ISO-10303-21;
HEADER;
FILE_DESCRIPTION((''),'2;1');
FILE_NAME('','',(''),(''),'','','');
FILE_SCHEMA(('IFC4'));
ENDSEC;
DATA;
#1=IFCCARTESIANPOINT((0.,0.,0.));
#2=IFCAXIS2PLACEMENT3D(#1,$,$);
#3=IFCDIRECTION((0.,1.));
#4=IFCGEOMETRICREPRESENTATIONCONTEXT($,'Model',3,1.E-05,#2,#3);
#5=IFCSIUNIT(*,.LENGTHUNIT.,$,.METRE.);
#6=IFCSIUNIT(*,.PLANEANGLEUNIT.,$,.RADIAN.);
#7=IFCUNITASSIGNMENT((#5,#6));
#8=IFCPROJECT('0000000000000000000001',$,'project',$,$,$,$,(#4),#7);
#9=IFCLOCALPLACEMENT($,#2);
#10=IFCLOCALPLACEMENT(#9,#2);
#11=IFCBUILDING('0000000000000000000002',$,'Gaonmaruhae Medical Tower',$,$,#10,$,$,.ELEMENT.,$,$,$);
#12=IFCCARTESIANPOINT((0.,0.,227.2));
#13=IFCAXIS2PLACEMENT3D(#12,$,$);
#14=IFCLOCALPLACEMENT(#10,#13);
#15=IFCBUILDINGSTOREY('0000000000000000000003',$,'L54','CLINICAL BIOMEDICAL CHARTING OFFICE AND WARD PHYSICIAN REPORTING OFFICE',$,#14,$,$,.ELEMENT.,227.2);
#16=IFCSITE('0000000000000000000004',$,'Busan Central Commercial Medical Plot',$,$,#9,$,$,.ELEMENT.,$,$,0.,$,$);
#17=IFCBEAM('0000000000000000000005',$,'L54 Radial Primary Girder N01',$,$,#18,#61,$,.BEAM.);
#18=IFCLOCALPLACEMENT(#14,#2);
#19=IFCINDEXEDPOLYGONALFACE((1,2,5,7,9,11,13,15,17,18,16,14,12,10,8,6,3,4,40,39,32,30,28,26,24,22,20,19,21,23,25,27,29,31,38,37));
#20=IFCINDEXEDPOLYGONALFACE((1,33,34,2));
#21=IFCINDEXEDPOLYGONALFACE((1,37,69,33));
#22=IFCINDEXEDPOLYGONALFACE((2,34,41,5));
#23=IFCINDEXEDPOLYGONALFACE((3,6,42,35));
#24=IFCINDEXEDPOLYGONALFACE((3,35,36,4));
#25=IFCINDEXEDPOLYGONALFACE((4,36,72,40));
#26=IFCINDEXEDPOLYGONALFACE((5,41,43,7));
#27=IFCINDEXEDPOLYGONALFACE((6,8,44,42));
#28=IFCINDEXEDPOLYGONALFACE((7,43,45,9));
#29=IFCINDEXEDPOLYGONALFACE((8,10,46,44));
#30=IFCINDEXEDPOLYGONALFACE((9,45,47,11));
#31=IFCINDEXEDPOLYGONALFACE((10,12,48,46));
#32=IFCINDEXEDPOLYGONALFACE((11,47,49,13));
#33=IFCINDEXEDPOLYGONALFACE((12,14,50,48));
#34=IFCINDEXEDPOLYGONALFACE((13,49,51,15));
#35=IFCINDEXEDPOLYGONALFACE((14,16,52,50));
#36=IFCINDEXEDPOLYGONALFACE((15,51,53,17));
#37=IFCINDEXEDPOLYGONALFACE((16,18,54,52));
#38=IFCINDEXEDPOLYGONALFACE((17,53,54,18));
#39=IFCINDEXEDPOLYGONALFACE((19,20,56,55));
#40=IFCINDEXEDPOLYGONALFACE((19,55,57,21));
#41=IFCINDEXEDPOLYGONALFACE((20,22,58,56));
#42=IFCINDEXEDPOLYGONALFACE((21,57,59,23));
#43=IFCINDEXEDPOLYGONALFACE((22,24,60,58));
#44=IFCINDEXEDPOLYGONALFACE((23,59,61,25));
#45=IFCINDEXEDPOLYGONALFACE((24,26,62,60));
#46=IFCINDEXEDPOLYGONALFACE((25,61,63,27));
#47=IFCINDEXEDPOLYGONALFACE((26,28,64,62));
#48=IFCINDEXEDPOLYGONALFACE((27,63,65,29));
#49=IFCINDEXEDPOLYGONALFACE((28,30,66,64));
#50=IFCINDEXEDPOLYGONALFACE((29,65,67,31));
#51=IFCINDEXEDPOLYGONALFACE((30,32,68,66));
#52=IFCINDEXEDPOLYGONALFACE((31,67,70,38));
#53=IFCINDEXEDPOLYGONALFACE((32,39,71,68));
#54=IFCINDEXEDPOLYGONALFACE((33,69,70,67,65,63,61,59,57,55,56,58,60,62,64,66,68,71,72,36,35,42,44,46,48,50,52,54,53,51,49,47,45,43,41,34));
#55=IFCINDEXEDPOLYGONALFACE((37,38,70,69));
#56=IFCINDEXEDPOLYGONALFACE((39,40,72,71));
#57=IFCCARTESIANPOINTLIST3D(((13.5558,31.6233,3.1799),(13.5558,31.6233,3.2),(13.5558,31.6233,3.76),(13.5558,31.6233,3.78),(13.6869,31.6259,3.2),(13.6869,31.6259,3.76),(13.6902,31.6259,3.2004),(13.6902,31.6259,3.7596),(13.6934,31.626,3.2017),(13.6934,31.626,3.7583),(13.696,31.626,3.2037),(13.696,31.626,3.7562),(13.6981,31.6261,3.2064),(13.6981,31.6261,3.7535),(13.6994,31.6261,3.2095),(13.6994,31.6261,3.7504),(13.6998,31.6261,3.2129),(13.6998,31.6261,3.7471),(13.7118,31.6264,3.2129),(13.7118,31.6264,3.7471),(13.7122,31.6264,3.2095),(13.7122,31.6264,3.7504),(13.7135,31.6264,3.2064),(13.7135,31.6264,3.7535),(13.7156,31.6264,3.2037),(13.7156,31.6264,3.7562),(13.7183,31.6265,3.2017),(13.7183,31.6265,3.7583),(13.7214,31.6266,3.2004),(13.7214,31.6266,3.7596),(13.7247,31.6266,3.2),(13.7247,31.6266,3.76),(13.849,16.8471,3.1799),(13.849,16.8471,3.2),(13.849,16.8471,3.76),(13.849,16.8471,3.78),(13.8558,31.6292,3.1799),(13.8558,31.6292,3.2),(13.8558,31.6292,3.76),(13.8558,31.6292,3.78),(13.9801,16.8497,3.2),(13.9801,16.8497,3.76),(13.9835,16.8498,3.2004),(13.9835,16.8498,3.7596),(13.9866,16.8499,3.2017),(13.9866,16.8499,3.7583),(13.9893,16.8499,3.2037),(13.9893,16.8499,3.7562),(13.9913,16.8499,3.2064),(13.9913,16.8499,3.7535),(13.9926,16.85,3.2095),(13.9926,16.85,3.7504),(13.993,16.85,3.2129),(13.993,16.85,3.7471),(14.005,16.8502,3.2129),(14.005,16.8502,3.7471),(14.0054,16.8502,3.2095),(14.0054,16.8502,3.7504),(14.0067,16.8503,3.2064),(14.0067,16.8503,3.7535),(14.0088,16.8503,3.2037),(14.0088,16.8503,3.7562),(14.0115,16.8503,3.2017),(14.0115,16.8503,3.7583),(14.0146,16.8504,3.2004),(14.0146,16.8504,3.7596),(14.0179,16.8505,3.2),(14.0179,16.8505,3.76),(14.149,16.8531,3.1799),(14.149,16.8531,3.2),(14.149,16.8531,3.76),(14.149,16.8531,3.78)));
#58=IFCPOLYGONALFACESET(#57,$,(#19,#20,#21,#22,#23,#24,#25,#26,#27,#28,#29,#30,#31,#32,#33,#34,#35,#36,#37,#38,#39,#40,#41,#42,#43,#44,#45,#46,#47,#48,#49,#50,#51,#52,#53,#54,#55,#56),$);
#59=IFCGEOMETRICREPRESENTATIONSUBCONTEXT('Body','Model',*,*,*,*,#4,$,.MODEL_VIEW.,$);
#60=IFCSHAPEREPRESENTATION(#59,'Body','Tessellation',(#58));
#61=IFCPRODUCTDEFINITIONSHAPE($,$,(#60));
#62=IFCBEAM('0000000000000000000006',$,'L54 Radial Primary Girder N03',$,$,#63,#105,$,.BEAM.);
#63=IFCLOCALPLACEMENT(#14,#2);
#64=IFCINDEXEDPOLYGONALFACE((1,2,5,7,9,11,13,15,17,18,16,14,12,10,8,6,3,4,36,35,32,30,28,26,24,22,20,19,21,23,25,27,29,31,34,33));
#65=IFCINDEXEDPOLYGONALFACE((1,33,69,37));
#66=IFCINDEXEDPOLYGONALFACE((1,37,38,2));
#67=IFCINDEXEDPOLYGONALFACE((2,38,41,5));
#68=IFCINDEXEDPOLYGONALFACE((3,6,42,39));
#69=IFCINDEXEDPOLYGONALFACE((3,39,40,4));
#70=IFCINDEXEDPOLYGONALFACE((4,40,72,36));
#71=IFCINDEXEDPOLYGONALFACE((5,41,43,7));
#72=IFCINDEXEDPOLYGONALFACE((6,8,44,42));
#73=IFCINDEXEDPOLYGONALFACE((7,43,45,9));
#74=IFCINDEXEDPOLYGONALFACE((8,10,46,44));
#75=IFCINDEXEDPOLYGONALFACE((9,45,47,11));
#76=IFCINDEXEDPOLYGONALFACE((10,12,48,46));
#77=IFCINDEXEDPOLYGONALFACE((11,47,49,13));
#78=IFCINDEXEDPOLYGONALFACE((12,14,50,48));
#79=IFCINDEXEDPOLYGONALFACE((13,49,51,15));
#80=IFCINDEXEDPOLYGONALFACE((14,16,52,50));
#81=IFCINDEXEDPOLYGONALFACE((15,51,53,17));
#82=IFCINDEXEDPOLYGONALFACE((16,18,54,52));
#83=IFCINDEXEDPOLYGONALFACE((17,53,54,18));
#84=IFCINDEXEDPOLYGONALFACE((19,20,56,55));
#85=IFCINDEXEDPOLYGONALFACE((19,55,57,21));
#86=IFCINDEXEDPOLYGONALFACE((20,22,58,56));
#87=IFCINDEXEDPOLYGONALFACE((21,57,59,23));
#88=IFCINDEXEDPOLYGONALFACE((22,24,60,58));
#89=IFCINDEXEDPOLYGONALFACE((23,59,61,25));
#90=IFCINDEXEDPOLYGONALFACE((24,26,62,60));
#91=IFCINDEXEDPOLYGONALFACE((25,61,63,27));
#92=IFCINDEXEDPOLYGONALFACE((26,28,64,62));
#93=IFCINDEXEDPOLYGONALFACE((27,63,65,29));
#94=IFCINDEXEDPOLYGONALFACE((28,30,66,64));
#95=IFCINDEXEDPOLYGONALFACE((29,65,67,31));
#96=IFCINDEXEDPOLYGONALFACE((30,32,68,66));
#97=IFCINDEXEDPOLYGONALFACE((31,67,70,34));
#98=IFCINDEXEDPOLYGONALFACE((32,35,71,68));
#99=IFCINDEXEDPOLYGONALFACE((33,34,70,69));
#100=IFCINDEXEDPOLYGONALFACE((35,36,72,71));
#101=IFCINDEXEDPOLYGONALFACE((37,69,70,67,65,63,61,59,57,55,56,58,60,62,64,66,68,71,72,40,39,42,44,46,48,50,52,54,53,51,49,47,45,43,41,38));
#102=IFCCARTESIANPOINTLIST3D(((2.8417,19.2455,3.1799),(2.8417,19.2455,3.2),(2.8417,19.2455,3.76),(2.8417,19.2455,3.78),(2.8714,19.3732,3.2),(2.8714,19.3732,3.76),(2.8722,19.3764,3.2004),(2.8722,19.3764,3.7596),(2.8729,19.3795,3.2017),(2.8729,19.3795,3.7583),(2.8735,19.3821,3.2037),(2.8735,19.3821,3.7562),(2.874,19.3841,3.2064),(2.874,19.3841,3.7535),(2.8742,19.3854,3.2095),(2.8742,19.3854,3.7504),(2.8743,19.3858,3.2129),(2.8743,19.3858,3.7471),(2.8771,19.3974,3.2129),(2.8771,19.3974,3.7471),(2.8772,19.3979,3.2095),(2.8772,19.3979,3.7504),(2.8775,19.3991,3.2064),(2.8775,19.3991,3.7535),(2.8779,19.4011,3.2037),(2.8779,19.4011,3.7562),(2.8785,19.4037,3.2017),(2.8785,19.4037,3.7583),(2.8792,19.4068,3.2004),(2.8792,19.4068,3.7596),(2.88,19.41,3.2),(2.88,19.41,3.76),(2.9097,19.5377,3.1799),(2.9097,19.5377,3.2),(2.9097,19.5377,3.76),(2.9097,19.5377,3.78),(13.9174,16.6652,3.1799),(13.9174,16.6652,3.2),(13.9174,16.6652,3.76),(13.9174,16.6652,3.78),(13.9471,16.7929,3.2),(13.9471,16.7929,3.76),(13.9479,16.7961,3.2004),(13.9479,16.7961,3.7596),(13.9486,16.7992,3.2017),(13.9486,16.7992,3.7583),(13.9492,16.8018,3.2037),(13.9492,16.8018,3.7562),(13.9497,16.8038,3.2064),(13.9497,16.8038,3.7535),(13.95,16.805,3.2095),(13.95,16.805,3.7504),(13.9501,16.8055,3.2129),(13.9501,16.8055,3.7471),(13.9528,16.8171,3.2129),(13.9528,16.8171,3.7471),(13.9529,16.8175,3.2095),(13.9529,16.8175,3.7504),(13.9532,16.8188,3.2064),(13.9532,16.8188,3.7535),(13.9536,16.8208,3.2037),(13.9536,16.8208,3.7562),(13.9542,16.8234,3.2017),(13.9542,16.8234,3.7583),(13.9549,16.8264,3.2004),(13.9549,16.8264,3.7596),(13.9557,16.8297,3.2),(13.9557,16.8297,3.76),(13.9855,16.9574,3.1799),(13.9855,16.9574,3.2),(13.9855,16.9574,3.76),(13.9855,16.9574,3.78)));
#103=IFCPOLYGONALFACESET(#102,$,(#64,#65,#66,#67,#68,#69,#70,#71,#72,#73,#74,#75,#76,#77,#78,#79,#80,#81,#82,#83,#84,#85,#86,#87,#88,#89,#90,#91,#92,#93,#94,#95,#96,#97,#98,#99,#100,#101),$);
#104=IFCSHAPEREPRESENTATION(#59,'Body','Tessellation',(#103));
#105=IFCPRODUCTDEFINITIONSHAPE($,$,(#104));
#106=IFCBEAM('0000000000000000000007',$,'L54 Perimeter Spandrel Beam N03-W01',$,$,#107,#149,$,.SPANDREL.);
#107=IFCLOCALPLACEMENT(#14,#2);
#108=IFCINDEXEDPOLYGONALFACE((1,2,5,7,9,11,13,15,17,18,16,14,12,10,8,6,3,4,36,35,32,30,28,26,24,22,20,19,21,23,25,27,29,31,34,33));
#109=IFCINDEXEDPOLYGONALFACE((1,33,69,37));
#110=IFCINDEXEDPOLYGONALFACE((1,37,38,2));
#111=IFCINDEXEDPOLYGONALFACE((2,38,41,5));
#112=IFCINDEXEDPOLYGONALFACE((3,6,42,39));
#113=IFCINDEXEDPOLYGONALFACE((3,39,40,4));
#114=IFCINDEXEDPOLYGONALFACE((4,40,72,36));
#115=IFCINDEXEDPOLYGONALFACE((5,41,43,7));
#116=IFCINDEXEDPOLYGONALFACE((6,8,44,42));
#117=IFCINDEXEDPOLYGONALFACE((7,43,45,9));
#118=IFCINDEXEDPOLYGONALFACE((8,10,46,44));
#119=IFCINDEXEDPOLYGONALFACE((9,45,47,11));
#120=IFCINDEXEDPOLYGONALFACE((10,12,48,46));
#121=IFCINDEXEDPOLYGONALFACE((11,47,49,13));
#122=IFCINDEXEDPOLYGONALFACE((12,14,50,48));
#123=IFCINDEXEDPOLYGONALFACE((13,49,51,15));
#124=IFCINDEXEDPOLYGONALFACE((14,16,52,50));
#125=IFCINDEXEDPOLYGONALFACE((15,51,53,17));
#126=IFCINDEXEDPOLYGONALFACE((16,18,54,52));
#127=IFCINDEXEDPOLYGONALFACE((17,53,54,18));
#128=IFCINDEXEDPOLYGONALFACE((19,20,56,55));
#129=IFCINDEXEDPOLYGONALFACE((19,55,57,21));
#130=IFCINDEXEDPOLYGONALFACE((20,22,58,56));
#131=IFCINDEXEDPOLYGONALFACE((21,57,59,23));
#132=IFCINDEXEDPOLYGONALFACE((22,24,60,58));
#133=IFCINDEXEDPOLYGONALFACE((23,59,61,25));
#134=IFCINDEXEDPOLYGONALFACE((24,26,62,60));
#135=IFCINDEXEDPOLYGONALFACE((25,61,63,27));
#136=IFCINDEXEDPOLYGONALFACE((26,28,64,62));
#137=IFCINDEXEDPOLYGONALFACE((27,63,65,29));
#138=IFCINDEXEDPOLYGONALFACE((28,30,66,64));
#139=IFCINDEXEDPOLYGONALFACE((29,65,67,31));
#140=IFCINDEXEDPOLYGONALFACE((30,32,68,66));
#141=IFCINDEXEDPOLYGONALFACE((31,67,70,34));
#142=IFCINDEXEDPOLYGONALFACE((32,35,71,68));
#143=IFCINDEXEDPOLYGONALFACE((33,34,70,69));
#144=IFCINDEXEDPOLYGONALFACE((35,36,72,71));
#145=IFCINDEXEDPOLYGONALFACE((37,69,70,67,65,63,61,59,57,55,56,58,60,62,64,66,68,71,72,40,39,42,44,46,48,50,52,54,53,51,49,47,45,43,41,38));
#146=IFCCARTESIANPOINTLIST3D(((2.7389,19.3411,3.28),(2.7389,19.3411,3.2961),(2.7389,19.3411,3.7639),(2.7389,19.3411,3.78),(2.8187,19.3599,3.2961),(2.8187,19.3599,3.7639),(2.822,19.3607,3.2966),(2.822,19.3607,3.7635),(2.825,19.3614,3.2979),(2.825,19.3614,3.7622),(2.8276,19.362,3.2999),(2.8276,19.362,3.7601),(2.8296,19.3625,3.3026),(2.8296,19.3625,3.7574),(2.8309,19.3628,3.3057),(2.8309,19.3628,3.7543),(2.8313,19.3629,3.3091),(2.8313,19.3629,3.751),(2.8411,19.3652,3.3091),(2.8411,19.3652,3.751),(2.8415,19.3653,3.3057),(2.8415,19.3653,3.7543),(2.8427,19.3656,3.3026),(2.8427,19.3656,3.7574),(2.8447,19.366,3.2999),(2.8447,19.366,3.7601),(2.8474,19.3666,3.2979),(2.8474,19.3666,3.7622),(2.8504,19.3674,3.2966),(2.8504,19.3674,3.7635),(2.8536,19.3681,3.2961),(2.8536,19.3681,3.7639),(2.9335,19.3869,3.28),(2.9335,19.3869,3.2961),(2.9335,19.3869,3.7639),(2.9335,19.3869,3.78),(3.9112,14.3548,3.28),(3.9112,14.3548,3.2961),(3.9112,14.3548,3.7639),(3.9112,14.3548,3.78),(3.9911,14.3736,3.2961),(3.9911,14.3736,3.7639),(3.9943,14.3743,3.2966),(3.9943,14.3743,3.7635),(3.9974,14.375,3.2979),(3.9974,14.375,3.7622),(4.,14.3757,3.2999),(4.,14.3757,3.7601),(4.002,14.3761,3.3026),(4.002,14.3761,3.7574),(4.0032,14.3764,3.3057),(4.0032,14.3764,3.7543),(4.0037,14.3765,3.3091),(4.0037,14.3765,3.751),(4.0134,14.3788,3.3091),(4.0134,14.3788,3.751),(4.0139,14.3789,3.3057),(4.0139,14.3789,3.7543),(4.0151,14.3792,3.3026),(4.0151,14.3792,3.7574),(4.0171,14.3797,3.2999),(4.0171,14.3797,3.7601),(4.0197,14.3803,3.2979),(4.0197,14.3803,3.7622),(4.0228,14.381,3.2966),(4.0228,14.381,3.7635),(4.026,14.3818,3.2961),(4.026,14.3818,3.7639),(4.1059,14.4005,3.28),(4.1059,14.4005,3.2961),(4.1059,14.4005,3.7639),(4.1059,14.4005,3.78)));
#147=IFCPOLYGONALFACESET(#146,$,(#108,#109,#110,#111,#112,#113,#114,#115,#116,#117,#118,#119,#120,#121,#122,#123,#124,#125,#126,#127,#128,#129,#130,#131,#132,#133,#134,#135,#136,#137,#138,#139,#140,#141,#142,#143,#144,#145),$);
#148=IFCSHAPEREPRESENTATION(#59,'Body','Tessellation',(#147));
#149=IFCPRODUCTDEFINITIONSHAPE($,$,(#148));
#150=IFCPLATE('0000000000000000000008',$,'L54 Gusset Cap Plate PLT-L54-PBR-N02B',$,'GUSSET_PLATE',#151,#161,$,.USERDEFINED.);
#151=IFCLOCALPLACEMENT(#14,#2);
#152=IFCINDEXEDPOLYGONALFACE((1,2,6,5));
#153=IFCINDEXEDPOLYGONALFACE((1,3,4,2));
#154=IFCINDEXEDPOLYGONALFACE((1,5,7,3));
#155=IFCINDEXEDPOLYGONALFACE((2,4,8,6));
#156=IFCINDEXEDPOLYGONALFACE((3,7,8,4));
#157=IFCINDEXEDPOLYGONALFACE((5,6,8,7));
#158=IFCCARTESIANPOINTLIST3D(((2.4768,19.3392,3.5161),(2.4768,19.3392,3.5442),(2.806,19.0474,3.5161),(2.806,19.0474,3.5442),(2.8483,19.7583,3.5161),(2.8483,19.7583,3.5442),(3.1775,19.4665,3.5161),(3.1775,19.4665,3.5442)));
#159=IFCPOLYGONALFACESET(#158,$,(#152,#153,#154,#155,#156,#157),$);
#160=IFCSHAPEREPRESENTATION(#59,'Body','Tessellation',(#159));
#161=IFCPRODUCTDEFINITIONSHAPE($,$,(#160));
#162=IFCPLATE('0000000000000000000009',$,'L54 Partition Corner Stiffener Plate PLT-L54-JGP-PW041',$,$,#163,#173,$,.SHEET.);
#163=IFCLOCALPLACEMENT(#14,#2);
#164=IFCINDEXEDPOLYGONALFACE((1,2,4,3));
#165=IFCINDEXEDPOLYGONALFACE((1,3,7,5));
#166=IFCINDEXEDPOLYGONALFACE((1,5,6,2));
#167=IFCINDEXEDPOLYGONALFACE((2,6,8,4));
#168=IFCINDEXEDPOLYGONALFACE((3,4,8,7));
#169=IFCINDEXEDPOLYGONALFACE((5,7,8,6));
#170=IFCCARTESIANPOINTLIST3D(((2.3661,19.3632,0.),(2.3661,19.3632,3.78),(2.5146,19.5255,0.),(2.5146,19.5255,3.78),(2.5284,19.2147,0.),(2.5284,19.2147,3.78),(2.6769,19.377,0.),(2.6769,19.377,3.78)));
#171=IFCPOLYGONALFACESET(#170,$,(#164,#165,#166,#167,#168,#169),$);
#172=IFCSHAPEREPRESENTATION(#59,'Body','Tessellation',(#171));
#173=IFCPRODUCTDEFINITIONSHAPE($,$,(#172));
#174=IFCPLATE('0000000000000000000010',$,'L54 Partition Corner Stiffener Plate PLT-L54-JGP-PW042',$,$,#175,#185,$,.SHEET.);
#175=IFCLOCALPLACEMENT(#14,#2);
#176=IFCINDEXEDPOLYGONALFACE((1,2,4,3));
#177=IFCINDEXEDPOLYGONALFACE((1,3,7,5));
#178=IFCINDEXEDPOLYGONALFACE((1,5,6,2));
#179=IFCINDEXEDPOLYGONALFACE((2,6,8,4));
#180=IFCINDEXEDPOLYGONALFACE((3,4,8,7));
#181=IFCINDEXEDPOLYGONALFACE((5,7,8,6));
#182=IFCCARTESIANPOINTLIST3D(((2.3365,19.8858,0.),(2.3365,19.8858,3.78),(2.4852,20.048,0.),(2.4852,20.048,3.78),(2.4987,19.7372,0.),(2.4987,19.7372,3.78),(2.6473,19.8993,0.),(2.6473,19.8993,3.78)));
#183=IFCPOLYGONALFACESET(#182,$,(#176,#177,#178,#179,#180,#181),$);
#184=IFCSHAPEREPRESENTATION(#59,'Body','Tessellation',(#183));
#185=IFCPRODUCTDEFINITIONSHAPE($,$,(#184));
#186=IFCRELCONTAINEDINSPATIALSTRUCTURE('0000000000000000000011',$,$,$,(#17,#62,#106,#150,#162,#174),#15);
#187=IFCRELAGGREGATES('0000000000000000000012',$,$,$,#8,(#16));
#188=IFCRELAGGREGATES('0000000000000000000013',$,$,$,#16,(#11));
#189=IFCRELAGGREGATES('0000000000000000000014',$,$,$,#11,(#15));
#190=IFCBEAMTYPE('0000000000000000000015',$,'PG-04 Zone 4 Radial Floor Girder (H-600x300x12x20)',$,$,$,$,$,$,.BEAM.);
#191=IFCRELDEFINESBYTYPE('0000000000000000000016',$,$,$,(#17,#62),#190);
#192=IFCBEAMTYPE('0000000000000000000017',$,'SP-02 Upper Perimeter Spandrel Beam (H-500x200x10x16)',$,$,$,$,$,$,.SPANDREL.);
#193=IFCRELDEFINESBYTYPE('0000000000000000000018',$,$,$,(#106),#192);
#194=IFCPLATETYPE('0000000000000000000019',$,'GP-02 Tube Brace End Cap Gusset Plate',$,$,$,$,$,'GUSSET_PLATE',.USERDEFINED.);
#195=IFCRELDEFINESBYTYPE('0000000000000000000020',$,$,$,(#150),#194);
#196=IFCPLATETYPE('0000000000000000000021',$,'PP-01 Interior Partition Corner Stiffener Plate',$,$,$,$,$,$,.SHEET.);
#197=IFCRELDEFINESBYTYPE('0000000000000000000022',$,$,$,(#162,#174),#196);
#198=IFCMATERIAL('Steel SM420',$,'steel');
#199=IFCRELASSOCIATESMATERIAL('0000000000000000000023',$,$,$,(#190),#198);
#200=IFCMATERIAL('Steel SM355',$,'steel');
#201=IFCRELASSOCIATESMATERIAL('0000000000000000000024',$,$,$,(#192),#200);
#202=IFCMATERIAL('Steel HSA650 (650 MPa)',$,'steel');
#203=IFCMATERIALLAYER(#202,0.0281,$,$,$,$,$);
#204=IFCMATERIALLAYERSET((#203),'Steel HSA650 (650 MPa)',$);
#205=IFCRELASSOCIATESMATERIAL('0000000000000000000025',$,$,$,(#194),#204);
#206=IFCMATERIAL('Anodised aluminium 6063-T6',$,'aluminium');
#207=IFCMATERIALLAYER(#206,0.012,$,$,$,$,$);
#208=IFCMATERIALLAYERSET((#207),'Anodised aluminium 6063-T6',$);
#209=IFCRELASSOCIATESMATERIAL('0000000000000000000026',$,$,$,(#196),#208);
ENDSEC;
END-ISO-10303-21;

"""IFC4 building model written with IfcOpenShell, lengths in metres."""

from ifc_helpers import new_model, si_unit, direction, frame, origin, origin_2d, place, context, subcontext, project, spatial, rectangle, i_section, extrude, material, layer, layer_set, material_profile, profile_set, type_object, element, save


model = new_model("IFC4")

# Units and contexts
model_context = context("Model", 3, precision=1e-05, world=origin(), true_north=direction((0.0, 1.0)))
body_context = subcontext(model_context, "Body", "Model", "MODEL_VIEW")
ifc_project = project(units=[si_unit("LENGTHUNIT", "METRE"), si_unit("PLANEANGLEUNIT", "RADIAN")], contexts=[model_context])

# Site, building, storey
site_placement = place(None, origin())
site = spatial("IfcSite", under=ifc_project, at=site_placement, Name="Busan Central Commercial Medical Plot", CompositionType="ELEMENT", RefElevation=0.0)
building_placement = place(site_placement, origin())
building = spatial("IfcBuilding", under=site, at=building_placement, Name="Gaonmaruhae Medical Tower", CompositionType="ELEMENT")
storey_placement = place(building_placement, frame((0.0, 0.0, 227.2)))
storey = spatial("IfcBuildingStorey", under=building, at=storey_placement, Name="L54", Description="CLINICAL BIOMEDICAL CHARTING OFFICE AND WARD PHYSICIAN REPORTING OFFICE", CompositionType="ELEMENT", Elevation=227.2)

# Beams
ifc_material_1 = material(Name="Steel SM355", Category="steel")
ifc_material_2 = material(Name="Steel SM420", Category="steel")
ifc_material_profile_1 = material_profile(ifc_material_2, i_section(OverallWidth=0.3, OverallDepth=0.6001, WebThickness=0.012, FlangeThickness=0.02, FilletRadius=0.0129, at=origin_2d()), Name="H-600x300x12x20")
ifc_profile_set_1 = profile_set([ifc_material_profile_1], Name="Steel SM420")
beam_type_1 = type_object("IfcBeamType", Name="PG-04 Zone 4 Radial Floor Girder (H-600x300x12x20)", PredefinedType="BEAM", material=ifc_profile_set_1)
beam_1_placement = place(storey_placement, frame((13.999, 16.8501, 3.48), z_axis=(-0.01984, 0.999803, 0.0), x_axis=(-0.999803, -0.01984, 0.0)))
element("IfcBeam", 1, at=beam_1_placement, inside=storey, type_object=beam_type_1, Name="L54 Radial Primary Girder N01", PredefinedType="BEAM", context=body_context, shape_type="SweptSolid", body=[
    extrude(i_section(OverallWidth=0.3, OverallDepth=0.6001, WebThickness=0.012, FlangeThickness=0.02, FilletRadius=0.0129, at=origin_2d()), origin(), (0.0, 0.0, 1.0), 14.7791),
])
beam_2_placement = place(storey_placement, frame((13.9514, 16.8113, 3.48), z_axis=(-0.973919, 0.226896, 0.0), x_axis=(-0.226896, -0.973919, 0.0)))
element("IfcBeam", 2, at=beam_2_placement, inside=storey, type_object=beam_type_1, Name="L54 Radial Primary Girder N03", PredefinedType="BEAM", context=body_context, shape_type="SweptSolid", body=[
    extrude(i_section(OverallWidth=0.3, OverallDepth=0.6001, WebThickness=0.012, FlangeThickness=0.02, FilletRadius=0.0129, at=origin_2d()), origin(), (0.0, 0.0, 1.0), 11.3723),
])
ifc_material_profile_2 = material_profile(ifc_material_1, i_section(OverallWidth=0.2, OverallDepth=0.5, WebThickness=0.01, FlangeThickness=0.0161, FilletRadius=0.0129, at=origin_2d()), Name="H-500x200x10x16")
ifc_profile_set_2 = profile_set([ifc_material_profile_2], Name="Steel SM355")
beam_type_2 = type_object("IfcBeamType", Name="SP-02 Upper Perimeter Spandrel Beam (H-500x200x10x16)", PredefinedType="SPANDREL", material=ifc_profile_set_2)
beam_3_placement = place(storey_placement, frame((2.8362, 19.364, 3.53), z_axis=(0.228875, -0.973456, 0.0), x_axis=(0.973456, 0.228875, 0.0)))
element("IfcBeam", 3, at=beam_3_placement, inside=storey, type_object=beam_type_2, Name="L54 Perimeter Spandrel Beam N03-W01", PredefinedType="SPANDREL", context=body_context, shape_type="SweptSolid", body=[
    extrude(i_section(OverallWidth=0.2, OverallDepth=0.5, WebThickness=0.01, FlangeThickness=0.0161, FilletRadius=0.0129, at=origin_2d()), origin(), (0.0, 0.0, 1.0), 5.1223),
])

# Plates
ifc_material_3 = material(Name="Steel HSA650 (650 MPa)", Category="steel")
ifc_layer_1 = layer(ifc_material_3, 0.0281)
ifc_layer_set_1 = layer_set([ifc_layer_1], Name="Steel HSA650 (650 MPa)")
plate_type_1 = type_object("IfcPlateType", Name="GP-02 Tube Brace End Cap Gusset Plate", ElementType="GUSSET_PLATE", PredefinedType="USERDEFINED", material=ifc_layer_set_1)
plate_placement = place(storey_placement, frame((2.8271, 19.4028, 3.5161), z_axis=(0.0, 0.0, 1.0), x_axis=(0.663273, 0.748377, 0.0)))
element("IfcPlate", 4, at=plate_placement, inside=storey, type_object=plate_type_1, Name="L54 Gusset Cap Plate PLT-L54-PBR-N02B", ObjectType="GUSSET_PLATE", PredefinedType="USERDEFINED", context=body_context, shape_type="SweptSolid", body=[
    extrude(rectangle(XDim=0.5601, YDim=0.4399, at=origin_2d()), origin(), (0.0, 0.0, 1.0), 0.0281),
])
ifc_material_4 = material(Name="Anodised aluminium 6063-T6", Category="aluminium")
ifc_layer_2 = layer(ifc_material_4, 0.012)
ifc_layer_set_2 = layer_set([ifc_layer_2], Name="Anodised aluminium 6063-T6")
plate_type_2 = type_object("IfcPlateType", Name="PP-01 Interior Partition Corner Stiffener Plate", PredefinedType="SHEET", material=ifc_layer_set_2)
for number, where, z_axis, x_axis, name in (
    (5, (2.5215, 19.3701, 0.0), (0.0, 0.0, 1.0), (-0.737761, 0.675062, 0.0), "L54 Partition Corner Stiffener Plate PLT-L54-JGP-PW041"),
    (6, (2.4919, 19.8926, 0.0), (0.0, 0.0, 1.0), (0.675667, 0.737207, 0.0), "L54 Partition Corner Stiffener Plate PLT-L54-JGP-PW042"),
):
    element("IfcPlate", number, at=place(storey_placement, frame(where, z_axis=z_axis, x_axis=x_axis)), inside=storey, type_object=plate_type_2, Name=name, PredefinedType="SHEET", context=body_context, shape_type="SweptSolid", body=[
        extrude(rectangle(XDim=0.22, YDim=0.22, at=origin_2d()), origin(), (0.0, 0.0, 1.0), 3.78),
    ])

save(model, "model.ifc")
